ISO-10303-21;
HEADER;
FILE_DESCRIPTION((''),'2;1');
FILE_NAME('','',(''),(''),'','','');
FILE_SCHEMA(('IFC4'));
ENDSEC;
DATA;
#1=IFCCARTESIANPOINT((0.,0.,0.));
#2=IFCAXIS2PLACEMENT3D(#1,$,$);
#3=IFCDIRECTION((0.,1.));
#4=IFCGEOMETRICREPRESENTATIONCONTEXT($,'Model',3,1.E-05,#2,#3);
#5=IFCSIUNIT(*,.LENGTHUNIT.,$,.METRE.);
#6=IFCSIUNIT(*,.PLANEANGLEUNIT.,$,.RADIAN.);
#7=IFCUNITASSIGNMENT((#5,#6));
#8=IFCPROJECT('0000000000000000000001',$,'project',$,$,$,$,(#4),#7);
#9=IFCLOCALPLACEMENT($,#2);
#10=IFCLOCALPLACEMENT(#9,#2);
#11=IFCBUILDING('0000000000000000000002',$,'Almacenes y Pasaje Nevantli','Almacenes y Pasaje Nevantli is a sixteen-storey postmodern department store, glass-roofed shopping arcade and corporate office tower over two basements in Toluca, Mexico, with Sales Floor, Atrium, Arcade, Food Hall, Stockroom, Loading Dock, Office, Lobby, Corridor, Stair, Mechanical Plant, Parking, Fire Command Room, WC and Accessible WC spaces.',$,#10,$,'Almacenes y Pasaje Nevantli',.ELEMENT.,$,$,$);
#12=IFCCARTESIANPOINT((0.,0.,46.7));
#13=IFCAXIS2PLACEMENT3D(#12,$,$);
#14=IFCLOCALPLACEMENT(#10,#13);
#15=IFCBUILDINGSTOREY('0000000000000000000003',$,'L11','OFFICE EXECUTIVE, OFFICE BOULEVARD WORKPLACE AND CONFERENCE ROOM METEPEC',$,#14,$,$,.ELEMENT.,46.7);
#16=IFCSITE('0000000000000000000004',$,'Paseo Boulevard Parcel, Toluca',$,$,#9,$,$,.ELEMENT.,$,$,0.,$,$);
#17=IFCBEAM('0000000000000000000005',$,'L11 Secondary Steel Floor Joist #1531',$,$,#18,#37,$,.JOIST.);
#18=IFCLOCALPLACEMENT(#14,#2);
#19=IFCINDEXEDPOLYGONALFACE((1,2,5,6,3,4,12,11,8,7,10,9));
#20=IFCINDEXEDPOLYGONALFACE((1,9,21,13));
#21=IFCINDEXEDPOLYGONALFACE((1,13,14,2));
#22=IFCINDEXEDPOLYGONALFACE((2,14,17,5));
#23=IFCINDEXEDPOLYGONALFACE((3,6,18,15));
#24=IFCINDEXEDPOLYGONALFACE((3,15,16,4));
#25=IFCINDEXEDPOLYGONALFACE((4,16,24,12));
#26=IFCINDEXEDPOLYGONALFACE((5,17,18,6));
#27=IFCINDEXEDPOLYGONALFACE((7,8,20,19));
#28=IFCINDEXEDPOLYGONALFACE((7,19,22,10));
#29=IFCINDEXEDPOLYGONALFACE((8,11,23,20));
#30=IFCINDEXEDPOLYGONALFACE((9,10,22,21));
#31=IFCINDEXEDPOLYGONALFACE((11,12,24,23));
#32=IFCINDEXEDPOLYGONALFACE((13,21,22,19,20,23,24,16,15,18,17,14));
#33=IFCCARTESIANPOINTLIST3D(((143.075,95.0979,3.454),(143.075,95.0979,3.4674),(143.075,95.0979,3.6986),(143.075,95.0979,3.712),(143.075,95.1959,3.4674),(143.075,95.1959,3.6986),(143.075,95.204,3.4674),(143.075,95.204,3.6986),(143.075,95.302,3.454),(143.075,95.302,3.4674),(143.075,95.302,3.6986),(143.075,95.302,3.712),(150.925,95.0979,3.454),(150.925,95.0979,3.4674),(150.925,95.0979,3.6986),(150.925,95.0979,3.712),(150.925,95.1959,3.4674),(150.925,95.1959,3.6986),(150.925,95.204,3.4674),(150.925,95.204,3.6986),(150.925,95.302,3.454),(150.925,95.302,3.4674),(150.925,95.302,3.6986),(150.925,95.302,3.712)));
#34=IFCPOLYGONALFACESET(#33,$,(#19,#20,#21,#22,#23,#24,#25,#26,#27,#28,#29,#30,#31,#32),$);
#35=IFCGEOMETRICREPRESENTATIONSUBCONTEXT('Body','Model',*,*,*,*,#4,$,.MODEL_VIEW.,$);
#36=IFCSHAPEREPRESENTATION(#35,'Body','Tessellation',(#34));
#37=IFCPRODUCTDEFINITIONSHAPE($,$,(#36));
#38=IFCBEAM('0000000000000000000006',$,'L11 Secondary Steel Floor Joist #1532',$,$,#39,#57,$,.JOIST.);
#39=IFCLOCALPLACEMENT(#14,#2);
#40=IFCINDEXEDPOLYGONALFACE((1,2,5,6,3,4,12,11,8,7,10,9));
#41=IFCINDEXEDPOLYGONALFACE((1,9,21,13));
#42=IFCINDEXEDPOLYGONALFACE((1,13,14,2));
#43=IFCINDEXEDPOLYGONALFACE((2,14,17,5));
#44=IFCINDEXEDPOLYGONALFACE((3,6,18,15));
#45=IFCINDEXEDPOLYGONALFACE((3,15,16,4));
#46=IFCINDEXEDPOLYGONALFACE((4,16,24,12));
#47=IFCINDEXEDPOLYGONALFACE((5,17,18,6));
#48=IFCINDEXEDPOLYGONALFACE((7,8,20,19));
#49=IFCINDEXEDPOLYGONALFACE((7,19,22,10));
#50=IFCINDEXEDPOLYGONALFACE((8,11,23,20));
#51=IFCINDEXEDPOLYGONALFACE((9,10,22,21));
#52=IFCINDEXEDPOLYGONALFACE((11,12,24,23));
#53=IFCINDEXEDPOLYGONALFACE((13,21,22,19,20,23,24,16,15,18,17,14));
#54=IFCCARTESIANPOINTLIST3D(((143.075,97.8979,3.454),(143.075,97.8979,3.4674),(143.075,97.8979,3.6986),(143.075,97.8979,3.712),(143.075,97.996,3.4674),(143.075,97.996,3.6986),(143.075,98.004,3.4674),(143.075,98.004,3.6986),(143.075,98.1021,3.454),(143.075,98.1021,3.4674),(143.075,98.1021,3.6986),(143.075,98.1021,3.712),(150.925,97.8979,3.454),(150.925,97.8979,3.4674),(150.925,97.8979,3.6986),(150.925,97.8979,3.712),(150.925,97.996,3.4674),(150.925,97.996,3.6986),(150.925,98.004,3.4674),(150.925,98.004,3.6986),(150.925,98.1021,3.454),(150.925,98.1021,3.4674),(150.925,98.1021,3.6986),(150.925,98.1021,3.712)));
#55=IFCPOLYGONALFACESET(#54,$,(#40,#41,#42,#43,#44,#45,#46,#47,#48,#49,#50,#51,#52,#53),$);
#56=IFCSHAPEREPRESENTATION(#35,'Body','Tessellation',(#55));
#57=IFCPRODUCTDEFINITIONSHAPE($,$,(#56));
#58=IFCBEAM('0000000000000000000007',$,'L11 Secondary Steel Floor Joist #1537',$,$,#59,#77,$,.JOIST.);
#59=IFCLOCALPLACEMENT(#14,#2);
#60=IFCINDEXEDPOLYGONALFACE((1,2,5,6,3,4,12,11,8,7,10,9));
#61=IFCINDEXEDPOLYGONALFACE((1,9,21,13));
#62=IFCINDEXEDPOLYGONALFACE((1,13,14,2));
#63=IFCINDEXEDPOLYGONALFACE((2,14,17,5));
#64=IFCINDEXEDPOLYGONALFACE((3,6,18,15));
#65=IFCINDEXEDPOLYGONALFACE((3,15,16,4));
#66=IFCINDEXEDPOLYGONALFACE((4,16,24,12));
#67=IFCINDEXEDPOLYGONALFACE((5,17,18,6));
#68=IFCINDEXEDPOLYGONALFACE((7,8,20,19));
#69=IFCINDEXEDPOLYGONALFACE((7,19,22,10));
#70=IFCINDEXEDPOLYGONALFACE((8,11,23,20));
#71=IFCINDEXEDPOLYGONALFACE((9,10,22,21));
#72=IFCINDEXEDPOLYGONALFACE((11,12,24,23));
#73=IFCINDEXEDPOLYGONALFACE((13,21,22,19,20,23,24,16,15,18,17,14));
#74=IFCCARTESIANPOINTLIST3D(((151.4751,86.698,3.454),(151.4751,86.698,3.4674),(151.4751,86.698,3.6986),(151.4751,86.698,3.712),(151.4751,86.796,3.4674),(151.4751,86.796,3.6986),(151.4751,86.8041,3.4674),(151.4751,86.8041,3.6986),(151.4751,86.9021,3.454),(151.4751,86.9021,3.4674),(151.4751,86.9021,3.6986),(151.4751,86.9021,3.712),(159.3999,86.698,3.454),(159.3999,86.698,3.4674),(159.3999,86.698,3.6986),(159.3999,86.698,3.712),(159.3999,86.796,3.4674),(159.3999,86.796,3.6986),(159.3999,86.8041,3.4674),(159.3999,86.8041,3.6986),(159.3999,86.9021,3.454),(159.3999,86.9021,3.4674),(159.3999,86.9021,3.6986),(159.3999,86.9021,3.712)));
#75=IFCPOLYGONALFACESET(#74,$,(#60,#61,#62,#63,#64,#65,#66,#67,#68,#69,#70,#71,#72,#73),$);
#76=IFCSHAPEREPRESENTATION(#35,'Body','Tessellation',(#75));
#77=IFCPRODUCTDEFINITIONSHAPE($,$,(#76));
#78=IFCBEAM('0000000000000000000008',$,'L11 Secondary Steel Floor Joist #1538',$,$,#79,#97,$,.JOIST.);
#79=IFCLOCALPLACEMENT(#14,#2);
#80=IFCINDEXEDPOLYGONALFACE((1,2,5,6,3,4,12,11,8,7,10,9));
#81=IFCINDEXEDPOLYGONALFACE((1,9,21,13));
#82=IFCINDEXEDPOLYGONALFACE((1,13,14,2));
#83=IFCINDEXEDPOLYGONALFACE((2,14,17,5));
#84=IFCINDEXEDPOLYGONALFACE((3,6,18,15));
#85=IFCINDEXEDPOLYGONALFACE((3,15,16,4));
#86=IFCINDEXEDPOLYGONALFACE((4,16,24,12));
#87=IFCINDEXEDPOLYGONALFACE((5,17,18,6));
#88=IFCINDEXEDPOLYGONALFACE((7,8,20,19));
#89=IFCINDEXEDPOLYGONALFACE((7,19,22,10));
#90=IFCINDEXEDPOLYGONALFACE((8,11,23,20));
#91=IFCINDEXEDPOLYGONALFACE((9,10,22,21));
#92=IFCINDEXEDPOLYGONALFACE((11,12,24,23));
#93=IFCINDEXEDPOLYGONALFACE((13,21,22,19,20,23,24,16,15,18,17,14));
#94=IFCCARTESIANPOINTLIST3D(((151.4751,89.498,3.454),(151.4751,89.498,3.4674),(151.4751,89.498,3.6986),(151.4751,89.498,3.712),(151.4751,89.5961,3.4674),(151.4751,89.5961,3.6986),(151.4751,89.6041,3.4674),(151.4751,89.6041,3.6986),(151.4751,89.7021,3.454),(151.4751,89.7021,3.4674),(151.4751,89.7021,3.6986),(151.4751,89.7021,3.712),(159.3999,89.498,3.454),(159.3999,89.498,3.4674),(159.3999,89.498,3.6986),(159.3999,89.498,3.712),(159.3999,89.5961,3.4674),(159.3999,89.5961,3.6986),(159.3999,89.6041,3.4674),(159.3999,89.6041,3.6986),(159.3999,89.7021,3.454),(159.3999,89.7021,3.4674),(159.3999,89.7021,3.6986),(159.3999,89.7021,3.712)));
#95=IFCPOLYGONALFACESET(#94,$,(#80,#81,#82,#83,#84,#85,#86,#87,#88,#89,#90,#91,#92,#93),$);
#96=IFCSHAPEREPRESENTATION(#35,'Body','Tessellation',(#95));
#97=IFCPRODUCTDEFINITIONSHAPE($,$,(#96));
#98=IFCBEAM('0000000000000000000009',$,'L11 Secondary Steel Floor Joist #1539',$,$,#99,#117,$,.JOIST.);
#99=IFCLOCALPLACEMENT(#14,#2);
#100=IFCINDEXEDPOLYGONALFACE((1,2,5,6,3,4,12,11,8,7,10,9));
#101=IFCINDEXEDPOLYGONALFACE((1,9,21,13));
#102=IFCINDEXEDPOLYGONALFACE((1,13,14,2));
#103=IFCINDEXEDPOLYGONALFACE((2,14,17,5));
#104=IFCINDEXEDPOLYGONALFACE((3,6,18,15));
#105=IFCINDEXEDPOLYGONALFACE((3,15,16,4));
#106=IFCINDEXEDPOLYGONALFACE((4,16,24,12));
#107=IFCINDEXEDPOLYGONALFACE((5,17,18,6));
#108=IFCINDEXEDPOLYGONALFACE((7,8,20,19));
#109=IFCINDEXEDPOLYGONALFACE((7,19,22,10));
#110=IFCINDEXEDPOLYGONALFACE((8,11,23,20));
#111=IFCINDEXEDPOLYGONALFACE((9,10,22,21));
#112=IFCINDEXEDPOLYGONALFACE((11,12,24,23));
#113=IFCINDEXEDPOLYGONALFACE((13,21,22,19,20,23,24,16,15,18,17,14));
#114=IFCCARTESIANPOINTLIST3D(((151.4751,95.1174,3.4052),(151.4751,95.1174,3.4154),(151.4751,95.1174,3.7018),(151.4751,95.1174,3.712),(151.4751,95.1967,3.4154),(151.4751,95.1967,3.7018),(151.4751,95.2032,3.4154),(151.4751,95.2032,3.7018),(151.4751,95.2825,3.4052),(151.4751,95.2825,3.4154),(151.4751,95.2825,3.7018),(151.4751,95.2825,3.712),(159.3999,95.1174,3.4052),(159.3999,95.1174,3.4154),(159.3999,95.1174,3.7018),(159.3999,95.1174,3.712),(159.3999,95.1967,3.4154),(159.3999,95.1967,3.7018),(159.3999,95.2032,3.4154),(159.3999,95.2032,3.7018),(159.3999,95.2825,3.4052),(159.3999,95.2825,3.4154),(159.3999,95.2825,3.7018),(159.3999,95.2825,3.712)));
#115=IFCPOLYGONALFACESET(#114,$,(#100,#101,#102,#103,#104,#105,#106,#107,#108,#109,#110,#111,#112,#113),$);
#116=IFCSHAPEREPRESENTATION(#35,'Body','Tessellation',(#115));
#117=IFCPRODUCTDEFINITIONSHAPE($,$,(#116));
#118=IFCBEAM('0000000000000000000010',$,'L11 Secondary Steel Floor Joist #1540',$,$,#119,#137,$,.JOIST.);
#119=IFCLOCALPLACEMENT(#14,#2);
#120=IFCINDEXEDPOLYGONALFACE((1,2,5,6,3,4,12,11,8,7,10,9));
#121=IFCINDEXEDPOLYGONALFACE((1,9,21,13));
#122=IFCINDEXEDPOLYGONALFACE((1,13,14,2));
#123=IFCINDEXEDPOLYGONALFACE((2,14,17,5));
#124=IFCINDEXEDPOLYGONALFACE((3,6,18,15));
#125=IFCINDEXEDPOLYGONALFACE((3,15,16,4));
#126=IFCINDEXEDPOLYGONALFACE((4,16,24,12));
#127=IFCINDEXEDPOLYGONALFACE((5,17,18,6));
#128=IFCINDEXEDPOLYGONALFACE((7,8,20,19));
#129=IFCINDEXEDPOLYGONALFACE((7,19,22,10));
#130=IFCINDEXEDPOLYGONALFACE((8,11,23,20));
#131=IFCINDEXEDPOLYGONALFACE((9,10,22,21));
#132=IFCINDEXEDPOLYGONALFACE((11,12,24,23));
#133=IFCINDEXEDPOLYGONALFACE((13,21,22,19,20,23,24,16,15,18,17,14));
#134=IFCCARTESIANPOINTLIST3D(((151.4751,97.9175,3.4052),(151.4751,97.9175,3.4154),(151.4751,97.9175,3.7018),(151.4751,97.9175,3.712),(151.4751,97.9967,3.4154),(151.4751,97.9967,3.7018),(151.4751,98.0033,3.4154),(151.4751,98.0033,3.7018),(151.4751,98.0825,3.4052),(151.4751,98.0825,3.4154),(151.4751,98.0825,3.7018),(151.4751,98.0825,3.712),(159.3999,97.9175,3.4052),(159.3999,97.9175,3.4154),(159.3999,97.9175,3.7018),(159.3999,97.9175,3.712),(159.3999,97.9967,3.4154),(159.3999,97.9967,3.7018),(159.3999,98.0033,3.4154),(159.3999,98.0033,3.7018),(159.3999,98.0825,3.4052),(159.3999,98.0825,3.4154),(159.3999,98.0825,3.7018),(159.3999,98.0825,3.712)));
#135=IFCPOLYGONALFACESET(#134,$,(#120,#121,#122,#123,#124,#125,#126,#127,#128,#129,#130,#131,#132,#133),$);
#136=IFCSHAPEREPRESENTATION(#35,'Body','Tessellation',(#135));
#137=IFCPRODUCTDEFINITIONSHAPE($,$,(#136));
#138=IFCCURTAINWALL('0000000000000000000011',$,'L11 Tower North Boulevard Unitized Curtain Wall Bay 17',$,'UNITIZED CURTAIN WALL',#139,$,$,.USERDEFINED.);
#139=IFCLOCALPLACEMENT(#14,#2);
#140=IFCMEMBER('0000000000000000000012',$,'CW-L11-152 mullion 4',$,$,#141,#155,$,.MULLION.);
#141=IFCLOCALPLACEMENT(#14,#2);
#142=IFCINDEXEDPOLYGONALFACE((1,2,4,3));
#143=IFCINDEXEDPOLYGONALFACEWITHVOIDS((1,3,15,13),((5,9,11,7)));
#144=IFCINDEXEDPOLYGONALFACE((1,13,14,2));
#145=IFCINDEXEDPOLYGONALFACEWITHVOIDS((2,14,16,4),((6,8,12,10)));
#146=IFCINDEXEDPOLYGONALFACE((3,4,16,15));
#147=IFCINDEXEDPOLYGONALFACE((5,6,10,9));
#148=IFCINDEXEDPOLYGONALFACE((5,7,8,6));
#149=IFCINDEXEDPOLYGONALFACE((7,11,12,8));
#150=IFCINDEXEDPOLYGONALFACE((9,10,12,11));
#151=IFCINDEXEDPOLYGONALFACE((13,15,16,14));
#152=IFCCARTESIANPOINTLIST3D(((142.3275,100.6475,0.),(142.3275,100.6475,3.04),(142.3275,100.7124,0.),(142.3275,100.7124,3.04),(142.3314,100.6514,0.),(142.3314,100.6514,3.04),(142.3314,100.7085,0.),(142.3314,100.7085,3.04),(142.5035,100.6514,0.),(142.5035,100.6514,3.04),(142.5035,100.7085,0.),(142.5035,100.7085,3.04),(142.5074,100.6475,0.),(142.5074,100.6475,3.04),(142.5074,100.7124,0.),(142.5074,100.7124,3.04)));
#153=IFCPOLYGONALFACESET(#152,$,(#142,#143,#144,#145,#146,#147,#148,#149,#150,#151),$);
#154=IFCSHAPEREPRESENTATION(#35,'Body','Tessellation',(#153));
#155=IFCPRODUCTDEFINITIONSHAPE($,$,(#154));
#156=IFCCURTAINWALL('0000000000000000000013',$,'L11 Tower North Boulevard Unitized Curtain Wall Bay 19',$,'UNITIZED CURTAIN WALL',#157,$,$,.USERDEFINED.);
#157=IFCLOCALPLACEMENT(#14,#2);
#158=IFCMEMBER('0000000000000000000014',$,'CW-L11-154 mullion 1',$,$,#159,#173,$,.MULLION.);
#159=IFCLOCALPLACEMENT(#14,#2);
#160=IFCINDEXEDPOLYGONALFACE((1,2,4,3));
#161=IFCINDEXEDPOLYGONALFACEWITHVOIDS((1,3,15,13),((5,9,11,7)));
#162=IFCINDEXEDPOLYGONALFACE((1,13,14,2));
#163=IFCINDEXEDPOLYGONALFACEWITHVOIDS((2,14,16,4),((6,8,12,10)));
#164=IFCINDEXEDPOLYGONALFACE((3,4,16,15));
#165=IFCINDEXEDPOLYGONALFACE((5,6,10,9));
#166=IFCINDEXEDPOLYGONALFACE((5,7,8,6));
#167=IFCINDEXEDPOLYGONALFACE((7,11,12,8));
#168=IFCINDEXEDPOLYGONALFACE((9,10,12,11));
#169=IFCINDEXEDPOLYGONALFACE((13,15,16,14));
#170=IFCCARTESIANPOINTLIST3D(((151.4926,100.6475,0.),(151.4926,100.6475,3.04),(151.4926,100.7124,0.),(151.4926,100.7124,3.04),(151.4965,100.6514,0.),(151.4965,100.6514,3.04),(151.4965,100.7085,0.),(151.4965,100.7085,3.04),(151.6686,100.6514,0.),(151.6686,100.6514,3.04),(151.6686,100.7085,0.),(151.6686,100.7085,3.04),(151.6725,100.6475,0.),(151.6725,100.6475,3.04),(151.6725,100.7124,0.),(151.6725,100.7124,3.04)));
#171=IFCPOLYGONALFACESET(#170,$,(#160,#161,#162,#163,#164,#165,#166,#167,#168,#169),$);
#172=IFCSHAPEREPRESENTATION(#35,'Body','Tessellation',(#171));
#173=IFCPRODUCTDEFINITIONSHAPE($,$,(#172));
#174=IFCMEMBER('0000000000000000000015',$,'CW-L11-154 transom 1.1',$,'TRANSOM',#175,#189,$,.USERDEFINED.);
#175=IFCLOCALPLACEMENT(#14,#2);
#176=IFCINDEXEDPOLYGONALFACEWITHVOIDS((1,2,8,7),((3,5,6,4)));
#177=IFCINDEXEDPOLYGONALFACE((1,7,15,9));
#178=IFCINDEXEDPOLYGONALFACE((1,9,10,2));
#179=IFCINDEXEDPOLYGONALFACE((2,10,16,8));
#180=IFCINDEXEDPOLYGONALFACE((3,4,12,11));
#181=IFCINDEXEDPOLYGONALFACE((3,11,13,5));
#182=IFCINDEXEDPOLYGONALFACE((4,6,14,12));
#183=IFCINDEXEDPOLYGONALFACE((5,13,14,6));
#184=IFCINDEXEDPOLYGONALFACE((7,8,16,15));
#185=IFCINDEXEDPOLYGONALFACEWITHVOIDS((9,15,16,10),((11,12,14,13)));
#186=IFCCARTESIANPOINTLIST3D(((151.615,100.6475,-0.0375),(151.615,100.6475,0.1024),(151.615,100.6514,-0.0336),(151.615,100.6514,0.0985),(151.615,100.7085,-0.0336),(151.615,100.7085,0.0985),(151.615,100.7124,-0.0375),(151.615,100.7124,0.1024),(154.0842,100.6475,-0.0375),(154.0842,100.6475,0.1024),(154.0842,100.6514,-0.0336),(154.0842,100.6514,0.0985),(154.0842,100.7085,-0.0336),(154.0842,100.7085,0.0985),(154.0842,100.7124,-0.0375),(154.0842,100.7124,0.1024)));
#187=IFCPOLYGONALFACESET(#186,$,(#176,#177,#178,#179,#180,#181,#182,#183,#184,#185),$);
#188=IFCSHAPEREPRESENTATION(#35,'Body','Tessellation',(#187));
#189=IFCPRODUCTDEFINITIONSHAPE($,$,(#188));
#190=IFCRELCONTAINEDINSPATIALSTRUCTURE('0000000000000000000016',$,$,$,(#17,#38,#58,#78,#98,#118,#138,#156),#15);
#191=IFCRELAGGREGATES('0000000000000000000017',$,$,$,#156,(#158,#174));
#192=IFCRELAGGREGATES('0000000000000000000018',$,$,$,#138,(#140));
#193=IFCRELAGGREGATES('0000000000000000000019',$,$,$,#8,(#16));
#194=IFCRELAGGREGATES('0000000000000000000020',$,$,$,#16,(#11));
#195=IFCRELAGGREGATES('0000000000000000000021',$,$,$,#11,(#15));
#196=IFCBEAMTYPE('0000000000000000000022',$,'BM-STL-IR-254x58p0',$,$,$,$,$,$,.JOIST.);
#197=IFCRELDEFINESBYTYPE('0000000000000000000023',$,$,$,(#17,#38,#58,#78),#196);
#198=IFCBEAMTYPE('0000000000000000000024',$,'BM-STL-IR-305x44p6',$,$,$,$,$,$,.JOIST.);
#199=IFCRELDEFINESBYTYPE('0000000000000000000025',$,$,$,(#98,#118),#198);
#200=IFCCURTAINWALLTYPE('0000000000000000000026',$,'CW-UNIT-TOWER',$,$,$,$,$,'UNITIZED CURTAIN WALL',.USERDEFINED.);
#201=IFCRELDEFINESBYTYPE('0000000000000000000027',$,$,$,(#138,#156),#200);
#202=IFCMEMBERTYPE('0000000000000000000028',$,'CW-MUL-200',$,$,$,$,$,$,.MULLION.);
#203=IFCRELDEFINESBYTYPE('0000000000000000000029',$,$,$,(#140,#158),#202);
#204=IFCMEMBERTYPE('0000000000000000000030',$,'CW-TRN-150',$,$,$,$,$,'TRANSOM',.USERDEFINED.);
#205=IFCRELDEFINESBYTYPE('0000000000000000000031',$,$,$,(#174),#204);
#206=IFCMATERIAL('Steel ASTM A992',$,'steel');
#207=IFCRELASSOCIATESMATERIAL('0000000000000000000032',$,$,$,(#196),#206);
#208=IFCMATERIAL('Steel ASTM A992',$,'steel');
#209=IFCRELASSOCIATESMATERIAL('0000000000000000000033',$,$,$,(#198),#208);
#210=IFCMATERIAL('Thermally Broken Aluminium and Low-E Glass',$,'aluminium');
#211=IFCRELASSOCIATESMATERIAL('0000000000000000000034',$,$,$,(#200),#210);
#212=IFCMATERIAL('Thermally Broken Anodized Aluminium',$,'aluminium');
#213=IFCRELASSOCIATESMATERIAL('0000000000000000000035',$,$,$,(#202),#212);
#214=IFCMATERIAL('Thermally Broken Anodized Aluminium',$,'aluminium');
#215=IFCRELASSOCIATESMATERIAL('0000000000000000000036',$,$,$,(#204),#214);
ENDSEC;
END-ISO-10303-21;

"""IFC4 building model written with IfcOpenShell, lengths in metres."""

from ifc_helpers import new_model, si_unit, direction, frame, origin, origin_2d, place, context, subcontext, project, spatial, hollow_rectangle, i_section, extrude, material, material_profile, profile_set, type_object, element, aggregate, save


model = new_model("IFC4")

# Units and contexts
model_context = context("Model", 3, precision=1e-05, world=origin(), true_north=direction((0.0, 1.0)))
body_context = subcontext(model_context, "Body", "Model", "MODEL_VIEW")
ifc_project = project(units=[si_unit("LENGTHUNIT", "METRE"), si_unit("PLANEANGLEUNIT", "RADIAN")], contexts=[model_context])

# Site, building, storey
site_placement = place(None, origin())
site = spatial("IfcSite", under=ifc_project, at=site_placement, Name="Paseo Boulevard Parcel, Toluca", CompositionType="ELEMENT", RefElevation=0.0)
building_placement = place(site_placement, origin())
building = spatial("IfcBuilding", under=site, at=building_placement, Name="Almacenes y Pasaje Nevantli", Description="Almacenes y Pasaje Nevantli is a sixteen-storey postmodern department store, glass-roofed shopping arcade and corporate office tower over two basements in Toluca, Mexico, with Sales Floor, Atrium, Arcade, Food Hall, Stockroom, Loading Dock, Office, Lobby, Corridor, Stair, Mechanical Plant, Parking, Fire Command Room, WC and Accessible WC spaces.", LongName="Almacenes y Pasaje Nevantli", CompositionType="ELEMENT")
storey_placement = place(building_placement, frame((0.0, 0.0, 46.7)))
storey = spatial("IfcBuildingStorey", under=building, at=storey_placement, Name="L11", Description="OFFICE EXECUTIVE, OFFICE BOULEVARD WORKPLACE AND CONFERENCE ROOM METEPEC", CompositionType="ELEMENT", Elevation=46.7)

# Beams
ifc_material_1 = material(Name="Steel ASTM A992", Category="steel")
ifc_material_profile_1 = material_profile(ifc_material_1, i_section(OverallWidth=0.2041, OverallDepth=0.2581, WebThickness=0.0081, FlangeThickness=0.0134, at=origin_2d()), Name="IR 254x58.0")
ifc_profile_set_1 = profile_set([ifc_material_profile_1], Name="Steel ASTM A992")
beam_type_1 = type_object("IfcBeamType", Name="BM-STL-IR-254x58p0", PredefinedType="JOIST", material=ifc_profile_set_1)
for number, where, z_axis, x_axis, name in (
    (1, (143.075, 95.2, 3.583), (1.0, 0.0, 0.0), (0.0, 1.0, 0.0), "L11 Secondary Steel Floor Joist #1531"),
    (2, (143.075, 98.0, 3.583), (1.0, 0.0, 0.0), (0.0, 1.0, 0.0), "L11 Secondary Steel Floor Joist #1532"),
):
    element("IfcBeam", number, at=place(storey_placement, frame(where, z_axis=z_axis, x_axis=x_axis)), inside=storey, type_object=beam_type_1, Name=name, PredefinedType="JOIST", context=body_context, shape_type="SweptSolid", body=[
        extrude(i_section(OverallWidth=0.2041, OverallDepth=0.2581, WebThickness=0.0081, FlangeThickness=0.0134, at=origin_2d()), origin(), (0.0, 0.0, 1.0), 7.8501),
    ])
for number, where, z_axis, x_axis, name in (
    (3, (151.4751, 86.8, 3.583), (1.0, 0.0, 0.0), (0.0, 1.0, 0.0), "L11 Secondary Steel Floor Joist #1537"),
    (4, (151.4751, 89.6001, 3.583), (1.0, 0.0, 0.0), (0.0, 1.0, 0.0), "L11 Secondary Steel Floor Joist #1538"),
):
    element("IfcBeam", number, at=place(storey_placement, frame(where, z_axis=z_axis, x_axis=x_axis)), inside=storey, type_object=beam_type_1, Name=name, PredefinedType="JOIST", context=body_context, shape_type="SweptSolid", body=[
        extrude(i_section(OverallWidth=0.2041, OverallDepth=0.2581, WebThickness=0.0081, FlangeThickness=0.0134, at=origin_2d()), origin(), (0.0, 0.0, 1.0), 7.9248),
    ])
ifc_material_2 = material(Name="Steel ASTM A992", Category="steel")
ifc_material_profile_2 = material_profile(ifc_material_2, i_section(OverallWidth=0.165, OverallDepth=0.3069, WebThickness=0.0066, FlangeThickness=0.0103, at=origin_2d()), Name="IR 305x44.6")
ifc_profile_set_2 = profile_set([ifc_material_profile_2], Name="Steel ASTM A992")
beam_type_2 = type_object("IfcBeamType", Name="BM-STL-IR-305x44p6", PredefinedType="JOIST", material=ifc_profile_set_2)
for number, where, z_axis, x_axis, name in (
    (5, (151.4751, 95.2, 3.5586), (1.0, 0.0, 0.0), (0.0, 1.0, 0.0), "L11 Secondary Steel Floor Joist #1539"),
    (6, (151.4751, 98.0, 3.5586), (1.0, 0.0, 0.0), (0.0, 1.0, 0.0), "L11 Secondary Steel Floor Joist #1540"),
):
    element("IfcBeam", number, at=place(storey_placement, frame(where, z_axis=z_axis, x_axis=x_axis)), inside=storey, type_object=beam_type_2, Name=name, PredefinedType="JOIST", context=body_context, shape_type="SweptSolid", body=[
        extrude(i_section(OverallWidth=0.165, OverallDepth=0.3069, WebThickness=0.0066, FlangeThickness=0.0103, at=origin_2d()), origin(), (0.0, 0.0, 1.0), 7.9248),
    ])

# Curtain wall, member
ifc_material_3 = material(Name="Thermally Broken Aluminium and Low-E Glass", Category="aluminium")
curtain_wall_type = type_object("IfcCurtainWallType", Name="CW-UNIT-TOWER", ElementType="UNITIZED CURTAIN WALL", PredefinedType="USERDEFINED", material=ifc_material_3)
curtain_wall_1_placement = place(storey_placement, origin())
curtain_wall_1 = element("IfcCurtainWall", 7, at=curtain_wall_1_placement, inside=storey, type_object=curtain_wall_type, Name="L11 Tower North Boulevard Unitized Curtain Wall Bay 17", ObjectType="UNITIZED CURTAIN WALL", PredefinedType="USERDEFINED")
ifc_material_4 = material(Name="Thermally Broken Anodized Aluminium", Category="aluminium")
ifc_material_profile_3 = material_profile(ifc_material_4, hollow_rectangle(XDim=0.0649, YDim=0.1799, WallThickness=0.0039, at=origin_2d()), Name="ALU-MUL-65x180")
ifc_profile_set_3 = profile_set([ifc_material_profile_3], Name="Thermally Broken Anodized Aluminium")
member_type_1 = type_object("IfcMemberType", Name="CW-MUL-200", PredefinedType="MULLION", material=ifc_profile_set_3)
member_1_placement = place(storey_placement, frame((142.4175, 100.6799, 0.0), z_axis=(0.0, 0.0, 1.0), x_axis=(0.0, 1.0, 0.0)))
member_1 = element("IfcMember", 8, at=member_1_placement, type_object=member_type_1, Name="CW-L11-152 mullion 4", PredefinedType="MULLION", context=body_context, shape_type="SweptSolid", body=[
    extrude(hollow_rectangle(XDim=0.0649, YDim=0.1799, WallThickness=0.0039, at=origin_2d()), origin(), (0.0, 0.0, 1.0), 3.04),
])

# Curtain wall, members
curtain_wall_2_placement = place(storey_placement, origin())
curtain_wall_2 = element("IfcCurtainWall", 9, at=curtain_wall_2_placement, inside=storey, type_object=curtain_wall_type, Name="L11 Tower North Boulevard Unitized Curtain Wall Bay 19", ObjectType="UNITIZED CURTAIN WALL", PredefinedType="USERDEFINED")
member_2_placement = place(storey_placement, frame((151.5825, 100.6799, 0.0), z_axis=(0.0, 0.0, 1.0), x_axis=(0.0, 1.0, 0.0)))
member_2 = element("IfcMember", 10, at=member_2_placement, type_object=member_type_1, Name="CW-L11-154 mullion 1", PredefinedType="MULLION", context=body_context, shape_type="SweptSolid", body=[
    extrude(hollow_rectangle(XDim=0.0649, YDim=0.1799, WallThickness=0.0039, at=origin_2d()), origin(), (0.0, 0.0, 1.0), 3.04),
])
ifc_material_5 = material(Name="Thermally Broken Anodized Aluminium", Category="aluminium")
ifc_material_profile_4 = material_profile(ifc_material_5, hollow_rectangle(XDim=0.0649, YDim=0.1399, WallThickness=0.0039, at=origin_2d()), Name="ALU-TRN-65x140")
ifc_profile_set_4 = profile_set([ifc_material_profile_4], Name="Thermally Broken Anodized Aluminium")
member_type_2 = type_object("IfcMemberType", Name="CW-TRN-150", ElementType="TRANSOM", PredefinedType="USERDEFINED", material=ifc_profile_set_4)
member_3_placement = place(storey_placement, frame((151.615, 100.6799, 0.0325), z_axis=(1.0, 0.0, 0.0), x_axis=(0.0, 1.0, 0.0)))
member_3 = element("IfcMember", 11, at=member_3_placement, type_object=member_type_2, Name="CW-L11-154 transom 1.1", ObjectType="TRANSOM", PredefinedType="USERDEFINED", context=body_context, shape_type="SweptSolid", body=[
    extrude(hollow_rectangle(XDim=0.0649, YDim=0.1399, WallThickness=0.0039, at=origin_2d()), origin(), (0.0, 0.0, 1.0), 2.4692),
])
aggregate(curtain_wall_2, [member_2, member_3])

aggregate(curtain_wall_1, [member_1])

save(model, "model.ifc")
